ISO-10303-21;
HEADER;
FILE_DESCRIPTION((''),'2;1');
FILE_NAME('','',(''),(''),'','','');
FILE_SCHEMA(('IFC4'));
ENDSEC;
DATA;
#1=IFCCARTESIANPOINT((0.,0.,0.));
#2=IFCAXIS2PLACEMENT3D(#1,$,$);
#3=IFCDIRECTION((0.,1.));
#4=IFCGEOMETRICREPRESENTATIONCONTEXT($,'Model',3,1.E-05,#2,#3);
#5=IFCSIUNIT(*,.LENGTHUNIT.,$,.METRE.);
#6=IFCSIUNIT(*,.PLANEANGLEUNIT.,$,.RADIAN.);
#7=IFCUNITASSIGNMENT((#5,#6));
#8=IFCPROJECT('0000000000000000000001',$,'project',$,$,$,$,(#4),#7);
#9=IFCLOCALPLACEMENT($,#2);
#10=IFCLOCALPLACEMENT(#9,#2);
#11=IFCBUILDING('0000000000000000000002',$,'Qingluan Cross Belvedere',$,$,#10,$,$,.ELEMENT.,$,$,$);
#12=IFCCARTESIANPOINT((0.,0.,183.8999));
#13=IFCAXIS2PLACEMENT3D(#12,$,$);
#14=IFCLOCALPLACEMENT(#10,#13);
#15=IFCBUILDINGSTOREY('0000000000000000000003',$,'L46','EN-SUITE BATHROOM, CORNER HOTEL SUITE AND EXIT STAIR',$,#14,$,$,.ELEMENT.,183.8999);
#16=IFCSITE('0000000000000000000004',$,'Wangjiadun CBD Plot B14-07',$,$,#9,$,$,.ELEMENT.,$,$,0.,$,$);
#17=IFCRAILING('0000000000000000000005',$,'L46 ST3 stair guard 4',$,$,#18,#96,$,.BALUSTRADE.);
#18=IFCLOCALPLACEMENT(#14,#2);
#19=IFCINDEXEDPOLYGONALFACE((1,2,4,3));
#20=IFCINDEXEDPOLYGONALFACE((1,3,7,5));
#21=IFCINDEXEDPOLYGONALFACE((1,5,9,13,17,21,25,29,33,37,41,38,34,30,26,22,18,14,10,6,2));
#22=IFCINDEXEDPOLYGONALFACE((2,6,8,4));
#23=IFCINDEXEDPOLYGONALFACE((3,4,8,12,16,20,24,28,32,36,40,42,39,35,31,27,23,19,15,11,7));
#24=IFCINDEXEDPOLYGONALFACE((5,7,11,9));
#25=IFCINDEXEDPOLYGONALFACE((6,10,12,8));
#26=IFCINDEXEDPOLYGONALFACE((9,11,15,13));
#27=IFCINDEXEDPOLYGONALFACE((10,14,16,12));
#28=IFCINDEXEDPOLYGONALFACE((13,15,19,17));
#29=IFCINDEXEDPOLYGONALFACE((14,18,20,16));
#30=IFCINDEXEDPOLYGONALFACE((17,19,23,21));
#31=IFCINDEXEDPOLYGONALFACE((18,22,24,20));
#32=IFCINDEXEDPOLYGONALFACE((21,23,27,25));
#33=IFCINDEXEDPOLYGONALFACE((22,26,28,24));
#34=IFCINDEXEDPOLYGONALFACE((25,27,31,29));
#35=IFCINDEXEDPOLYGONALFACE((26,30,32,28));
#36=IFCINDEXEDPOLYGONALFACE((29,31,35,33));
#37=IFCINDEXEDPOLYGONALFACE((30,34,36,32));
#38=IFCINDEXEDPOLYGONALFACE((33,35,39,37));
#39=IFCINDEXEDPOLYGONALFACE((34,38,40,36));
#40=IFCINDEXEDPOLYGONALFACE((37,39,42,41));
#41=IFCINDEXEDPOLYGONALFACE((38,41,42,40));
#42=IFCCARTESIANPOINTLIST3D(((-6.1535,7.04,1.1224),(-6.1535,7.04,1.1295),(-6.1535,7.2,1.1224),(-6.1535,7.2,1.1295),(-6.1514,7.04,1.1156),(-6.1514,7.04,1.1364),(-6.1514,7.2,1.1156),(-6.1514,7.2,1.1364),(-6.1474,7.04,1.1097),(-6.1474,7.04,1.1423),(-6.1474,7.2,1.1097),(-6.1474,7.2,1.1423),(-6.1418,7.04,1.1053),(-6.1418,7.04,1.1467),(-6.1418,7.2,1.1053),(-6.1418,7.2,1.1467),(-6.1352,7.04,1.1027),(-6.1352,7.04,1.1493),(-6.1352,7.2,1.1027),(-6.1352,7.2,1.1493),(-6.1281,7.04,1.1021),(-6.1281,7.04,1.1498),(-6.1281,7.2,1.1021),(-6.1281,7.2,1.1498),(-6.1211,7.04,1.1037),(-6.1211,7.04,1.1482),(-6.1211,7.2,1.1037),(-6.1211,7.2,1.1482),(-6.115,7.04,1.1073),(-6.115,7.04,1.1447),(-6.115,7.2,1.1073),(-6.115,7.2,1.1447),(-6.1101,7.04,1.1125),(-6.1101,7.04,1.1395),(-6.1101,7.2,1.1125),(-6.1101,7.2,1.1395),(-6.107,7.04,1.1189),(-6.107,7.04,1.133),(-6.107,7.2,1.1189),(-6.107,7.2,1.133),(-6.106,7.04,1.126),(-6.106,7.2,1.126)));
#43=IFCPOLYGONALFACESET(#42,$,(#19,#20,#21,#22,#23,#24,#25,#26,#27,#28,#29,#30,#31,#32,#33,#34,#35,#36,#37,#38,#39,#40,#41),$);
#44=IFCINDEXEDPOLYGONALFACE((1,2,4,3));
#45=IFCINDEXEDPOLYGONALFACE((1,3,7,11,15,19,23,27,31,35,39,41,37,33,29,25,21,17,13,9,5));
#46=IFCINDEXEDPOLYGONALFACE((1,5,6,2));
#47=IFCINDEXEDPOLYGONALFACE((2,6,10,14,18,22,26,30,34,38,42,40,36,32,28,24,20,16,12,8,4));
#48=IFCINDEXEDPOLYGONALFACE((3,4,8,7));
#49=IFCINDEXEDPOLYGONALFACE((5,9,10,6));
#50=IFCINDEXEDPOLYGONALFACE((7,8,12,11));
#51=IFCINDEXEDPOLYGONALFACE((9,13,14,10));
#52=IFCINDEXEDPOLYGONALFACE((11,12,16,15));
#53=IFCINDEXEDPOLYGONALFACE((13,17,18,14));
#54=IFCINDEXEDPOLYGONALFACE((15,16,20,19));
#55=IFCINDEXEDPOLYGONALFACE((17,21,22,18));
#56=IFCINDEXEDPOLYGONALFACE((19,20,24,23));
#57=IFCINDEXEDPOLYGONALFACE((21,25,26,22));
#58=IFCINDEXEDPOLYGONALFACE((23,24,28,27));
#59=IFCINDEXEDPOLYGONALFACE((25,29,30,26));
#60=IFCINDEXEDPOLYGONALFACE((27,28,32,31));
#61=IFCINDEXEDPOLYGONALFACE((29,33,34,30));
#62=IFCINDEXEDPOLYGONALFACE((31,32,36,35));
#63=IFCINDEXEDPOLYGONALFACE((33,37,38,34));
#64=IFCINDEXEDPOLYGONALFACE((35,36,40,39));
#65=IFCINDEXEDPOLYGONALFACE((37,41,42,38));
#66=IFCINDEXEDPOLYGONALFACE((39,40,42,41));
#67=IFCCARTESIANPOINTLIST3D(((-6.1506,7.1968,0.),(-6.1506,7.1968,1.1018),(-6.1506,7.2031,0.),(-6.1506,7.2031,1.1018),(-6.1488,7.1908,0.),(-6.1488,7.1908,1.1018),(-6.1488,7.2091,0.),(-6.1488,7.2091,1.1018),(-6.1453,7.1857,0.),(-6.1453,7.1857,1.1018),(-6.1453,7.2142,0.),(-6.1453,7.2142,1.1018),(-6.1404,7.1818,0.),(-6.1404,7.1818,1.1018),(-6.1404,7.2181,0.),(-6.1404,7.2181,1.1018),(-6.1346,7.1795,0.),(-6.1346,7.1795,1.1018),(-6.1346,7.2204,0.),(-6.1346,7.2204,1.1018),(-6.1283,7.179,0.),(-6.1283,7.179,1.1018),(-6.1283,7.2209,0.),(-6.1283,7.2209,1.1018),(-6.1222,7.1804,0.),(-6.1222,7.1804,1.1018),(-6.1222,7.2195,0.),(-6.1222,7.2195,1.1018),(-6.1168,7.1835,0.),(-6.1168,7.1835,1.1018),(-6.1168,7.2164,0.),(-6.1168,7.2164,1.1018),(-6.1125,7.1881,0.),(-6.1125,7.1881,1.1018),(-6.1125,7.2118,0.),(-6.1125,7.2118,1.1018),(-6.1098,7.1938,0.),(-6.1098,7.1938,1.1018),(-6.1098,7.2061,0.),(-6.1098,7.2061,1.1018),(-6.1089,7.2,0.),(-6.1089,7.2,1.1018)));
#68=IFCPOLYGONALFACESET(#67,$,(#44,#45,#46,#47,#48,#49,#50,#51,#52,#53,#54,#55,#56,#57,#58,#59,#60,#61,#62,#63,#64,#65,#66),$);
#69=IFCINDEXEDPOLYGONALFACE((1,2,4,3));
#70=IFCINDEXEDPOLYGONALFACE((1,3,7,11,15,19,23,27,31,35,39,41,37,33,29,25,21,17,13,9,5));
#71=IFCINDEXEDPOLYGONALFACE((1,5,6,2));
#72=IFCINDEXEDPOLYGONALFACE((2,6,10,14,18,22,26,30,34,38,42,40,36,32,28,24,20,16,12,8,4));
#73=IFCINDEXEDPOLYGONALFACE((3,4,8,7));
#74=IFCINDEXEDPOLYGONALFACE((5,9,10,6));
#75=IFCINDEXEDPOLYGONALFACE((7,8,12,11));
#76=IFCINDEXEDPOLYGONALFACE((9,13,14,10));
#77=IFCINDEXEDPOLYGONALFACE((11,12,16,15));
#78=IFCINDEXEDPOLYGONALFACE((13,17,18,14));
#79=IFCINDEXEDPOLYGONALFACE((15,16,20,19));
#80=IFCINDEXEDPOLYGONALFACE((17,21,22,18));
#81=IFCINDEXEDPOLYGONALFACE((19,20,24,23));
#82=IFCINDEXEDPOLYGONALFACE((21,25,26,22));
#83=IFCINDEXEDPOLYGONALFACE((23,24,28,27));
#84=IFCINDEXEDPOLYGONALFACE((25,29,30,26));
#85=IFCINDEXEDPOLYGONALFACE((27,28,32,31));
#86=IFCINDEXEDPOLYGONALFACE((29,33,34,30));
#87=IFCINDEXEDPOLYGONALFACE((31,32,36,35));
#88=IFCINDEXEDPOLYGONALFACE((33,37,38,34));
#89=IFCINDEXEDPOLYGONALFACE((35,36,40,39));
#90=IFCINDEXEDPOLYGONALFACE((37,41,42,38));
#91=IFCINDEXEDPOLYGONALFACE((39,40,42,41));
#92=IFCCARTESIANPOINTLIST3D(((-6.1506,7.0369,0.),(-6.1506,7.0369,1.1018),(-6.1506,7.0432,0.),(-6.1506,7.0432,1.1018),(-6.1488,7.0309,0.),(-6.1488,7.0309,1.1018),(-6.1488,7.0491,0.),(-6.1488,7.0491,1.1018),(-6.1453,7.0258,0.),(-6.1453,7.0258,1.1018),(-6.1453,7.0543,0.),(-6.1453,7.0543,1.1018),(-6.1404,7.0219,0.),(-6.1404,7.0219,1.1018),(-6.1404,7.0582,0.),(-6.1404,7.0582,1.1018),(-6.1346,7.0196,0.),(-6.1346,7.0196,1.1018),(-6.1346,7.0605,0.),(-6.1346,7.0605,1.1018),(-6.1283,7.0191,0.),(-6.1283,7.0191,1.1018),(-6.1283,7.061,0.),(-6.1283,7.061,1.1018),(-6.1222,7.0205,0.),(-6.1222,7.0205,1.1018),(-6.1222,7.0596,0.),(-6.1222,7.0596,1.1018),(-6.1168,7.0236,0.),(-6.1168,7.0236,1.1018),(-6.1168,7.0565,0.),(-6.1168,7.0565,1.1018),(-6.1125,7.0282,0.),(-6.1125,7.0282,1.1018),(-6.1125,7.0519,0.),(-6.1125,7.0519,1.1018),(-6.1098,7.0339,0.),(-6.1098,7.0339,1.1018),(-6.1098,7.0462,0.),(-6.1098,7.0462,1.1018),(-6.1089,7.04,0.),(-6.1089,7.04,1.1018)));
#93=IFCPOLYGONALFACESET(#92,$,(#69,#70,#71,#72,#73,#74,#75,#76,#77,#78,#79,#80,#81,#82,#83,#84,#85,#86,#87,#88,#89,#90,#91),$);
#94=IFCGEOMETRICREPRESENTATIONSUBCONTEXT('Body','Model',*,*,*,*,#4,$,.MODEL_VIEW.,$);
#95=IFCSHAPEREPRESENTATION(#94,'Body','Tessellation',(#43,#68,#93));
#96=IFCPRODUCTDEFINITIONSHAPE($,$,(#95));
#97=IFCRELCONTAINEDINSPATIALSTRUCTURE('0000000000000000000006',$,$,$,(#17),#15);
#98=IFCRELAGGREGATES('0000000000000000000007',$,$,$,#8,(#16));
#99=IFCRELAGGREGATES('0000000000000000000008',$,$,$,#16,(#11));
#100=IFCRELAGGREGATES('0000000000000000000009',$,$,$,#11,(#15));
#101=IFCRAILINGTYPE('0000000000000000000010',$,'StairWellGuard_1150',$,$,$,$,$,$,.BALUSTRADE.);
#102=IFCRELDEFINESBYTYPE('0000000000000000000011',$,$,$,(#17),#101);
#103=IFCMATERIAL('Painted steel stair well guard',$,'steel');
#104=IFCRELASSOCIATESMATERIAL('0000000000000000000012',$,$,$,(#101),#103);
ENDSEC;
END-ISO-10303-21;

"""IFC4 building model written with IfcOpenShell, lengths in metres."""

from ifc_helpers import new_model, si_unit, direction, frame, origin, origin_2d, place, context, subcontext, project, spatial, circle, extrude, material, type_object, element, save


model = new_model("IFC4")

# Units and contexts
model_context = context("Model", 3, precision=1e-05, world=origin(), true_north=direction((0.0, 1.0)))
body_context = subcontext(model_context, "Body", "Model", "MODEL_VIEW")
ifc_project = project(units=[si_unit("LENGTHUNIT", "METRE"), si_unit("PLANEANGLEUNIT", "RADIAN")], contexts=[model_context])

# Site, building, storey
site_placement = place(None, origin())
site = spatial("IfcSite", under=ifc_project, at=site_placement, Name="Wangjiadun CBD Plot B14-07", CompositionType="ELEMENT", RefElevation=0.0)
building_placement = place(site_placement, origin())
building = spatial("IfcBuilding", under=site, at=building_placement, Name="Qingluan Cross Belvedere", CompositionType="ELEMENT")
storey_placement = place(building_placement, frame((0.0, 0.0, 183.8999)))
storey = spatial("IfcBuildingStorey", under=building, at=storey_placement, Name="L46", Description="EN-SUITE BATHROOM, CORNER HOTEL SUITE AND EXIT STAIR", CompositionType="ELEMENT", Elevation=183.8999)

# Railing
ifc_material_1 = material(Name="Painted steel stair well guard", Category="steel")
railing_type_1 = type_object("IfcRailingType", Name="StairWellGuard_1150", PredefinedType="BALUSTRADE", material=ifc_material_1)
railing_1_placement = place(storey_placement, frame((-6.1299, 7.2, 0.0)))
element("IfcRailing", 1, at=railing_1_placement, inside=storey, type_object=railing_type_1, Name="L46 ST3 stair guard 4", PredefinedType="BALUSTRADE", context=body_context, shape_type="SweptSolid", body=[
    extrude(circle(Radius=0.0239, at=origin_2d()), frame((0.0, 0.0, 1.126), z_axis=(0.0, -1.0, 0.0), x_axis=(1.0, 0.0, 0.0)), (0.0, 0.0, 1.0), 0.1599),
    extrude(circle(Radius=0.021, at=origin_2d()), origin(), (0.0, 0.0, 1.0), 1.1018),
    extrude(circle(Radius=0.021, at=origin_2d()), frame((0.0, -0.1599, 0.0)), (0.0, 0.0, 1.0), 1.1018),
])

save(model, "model.ifc")
